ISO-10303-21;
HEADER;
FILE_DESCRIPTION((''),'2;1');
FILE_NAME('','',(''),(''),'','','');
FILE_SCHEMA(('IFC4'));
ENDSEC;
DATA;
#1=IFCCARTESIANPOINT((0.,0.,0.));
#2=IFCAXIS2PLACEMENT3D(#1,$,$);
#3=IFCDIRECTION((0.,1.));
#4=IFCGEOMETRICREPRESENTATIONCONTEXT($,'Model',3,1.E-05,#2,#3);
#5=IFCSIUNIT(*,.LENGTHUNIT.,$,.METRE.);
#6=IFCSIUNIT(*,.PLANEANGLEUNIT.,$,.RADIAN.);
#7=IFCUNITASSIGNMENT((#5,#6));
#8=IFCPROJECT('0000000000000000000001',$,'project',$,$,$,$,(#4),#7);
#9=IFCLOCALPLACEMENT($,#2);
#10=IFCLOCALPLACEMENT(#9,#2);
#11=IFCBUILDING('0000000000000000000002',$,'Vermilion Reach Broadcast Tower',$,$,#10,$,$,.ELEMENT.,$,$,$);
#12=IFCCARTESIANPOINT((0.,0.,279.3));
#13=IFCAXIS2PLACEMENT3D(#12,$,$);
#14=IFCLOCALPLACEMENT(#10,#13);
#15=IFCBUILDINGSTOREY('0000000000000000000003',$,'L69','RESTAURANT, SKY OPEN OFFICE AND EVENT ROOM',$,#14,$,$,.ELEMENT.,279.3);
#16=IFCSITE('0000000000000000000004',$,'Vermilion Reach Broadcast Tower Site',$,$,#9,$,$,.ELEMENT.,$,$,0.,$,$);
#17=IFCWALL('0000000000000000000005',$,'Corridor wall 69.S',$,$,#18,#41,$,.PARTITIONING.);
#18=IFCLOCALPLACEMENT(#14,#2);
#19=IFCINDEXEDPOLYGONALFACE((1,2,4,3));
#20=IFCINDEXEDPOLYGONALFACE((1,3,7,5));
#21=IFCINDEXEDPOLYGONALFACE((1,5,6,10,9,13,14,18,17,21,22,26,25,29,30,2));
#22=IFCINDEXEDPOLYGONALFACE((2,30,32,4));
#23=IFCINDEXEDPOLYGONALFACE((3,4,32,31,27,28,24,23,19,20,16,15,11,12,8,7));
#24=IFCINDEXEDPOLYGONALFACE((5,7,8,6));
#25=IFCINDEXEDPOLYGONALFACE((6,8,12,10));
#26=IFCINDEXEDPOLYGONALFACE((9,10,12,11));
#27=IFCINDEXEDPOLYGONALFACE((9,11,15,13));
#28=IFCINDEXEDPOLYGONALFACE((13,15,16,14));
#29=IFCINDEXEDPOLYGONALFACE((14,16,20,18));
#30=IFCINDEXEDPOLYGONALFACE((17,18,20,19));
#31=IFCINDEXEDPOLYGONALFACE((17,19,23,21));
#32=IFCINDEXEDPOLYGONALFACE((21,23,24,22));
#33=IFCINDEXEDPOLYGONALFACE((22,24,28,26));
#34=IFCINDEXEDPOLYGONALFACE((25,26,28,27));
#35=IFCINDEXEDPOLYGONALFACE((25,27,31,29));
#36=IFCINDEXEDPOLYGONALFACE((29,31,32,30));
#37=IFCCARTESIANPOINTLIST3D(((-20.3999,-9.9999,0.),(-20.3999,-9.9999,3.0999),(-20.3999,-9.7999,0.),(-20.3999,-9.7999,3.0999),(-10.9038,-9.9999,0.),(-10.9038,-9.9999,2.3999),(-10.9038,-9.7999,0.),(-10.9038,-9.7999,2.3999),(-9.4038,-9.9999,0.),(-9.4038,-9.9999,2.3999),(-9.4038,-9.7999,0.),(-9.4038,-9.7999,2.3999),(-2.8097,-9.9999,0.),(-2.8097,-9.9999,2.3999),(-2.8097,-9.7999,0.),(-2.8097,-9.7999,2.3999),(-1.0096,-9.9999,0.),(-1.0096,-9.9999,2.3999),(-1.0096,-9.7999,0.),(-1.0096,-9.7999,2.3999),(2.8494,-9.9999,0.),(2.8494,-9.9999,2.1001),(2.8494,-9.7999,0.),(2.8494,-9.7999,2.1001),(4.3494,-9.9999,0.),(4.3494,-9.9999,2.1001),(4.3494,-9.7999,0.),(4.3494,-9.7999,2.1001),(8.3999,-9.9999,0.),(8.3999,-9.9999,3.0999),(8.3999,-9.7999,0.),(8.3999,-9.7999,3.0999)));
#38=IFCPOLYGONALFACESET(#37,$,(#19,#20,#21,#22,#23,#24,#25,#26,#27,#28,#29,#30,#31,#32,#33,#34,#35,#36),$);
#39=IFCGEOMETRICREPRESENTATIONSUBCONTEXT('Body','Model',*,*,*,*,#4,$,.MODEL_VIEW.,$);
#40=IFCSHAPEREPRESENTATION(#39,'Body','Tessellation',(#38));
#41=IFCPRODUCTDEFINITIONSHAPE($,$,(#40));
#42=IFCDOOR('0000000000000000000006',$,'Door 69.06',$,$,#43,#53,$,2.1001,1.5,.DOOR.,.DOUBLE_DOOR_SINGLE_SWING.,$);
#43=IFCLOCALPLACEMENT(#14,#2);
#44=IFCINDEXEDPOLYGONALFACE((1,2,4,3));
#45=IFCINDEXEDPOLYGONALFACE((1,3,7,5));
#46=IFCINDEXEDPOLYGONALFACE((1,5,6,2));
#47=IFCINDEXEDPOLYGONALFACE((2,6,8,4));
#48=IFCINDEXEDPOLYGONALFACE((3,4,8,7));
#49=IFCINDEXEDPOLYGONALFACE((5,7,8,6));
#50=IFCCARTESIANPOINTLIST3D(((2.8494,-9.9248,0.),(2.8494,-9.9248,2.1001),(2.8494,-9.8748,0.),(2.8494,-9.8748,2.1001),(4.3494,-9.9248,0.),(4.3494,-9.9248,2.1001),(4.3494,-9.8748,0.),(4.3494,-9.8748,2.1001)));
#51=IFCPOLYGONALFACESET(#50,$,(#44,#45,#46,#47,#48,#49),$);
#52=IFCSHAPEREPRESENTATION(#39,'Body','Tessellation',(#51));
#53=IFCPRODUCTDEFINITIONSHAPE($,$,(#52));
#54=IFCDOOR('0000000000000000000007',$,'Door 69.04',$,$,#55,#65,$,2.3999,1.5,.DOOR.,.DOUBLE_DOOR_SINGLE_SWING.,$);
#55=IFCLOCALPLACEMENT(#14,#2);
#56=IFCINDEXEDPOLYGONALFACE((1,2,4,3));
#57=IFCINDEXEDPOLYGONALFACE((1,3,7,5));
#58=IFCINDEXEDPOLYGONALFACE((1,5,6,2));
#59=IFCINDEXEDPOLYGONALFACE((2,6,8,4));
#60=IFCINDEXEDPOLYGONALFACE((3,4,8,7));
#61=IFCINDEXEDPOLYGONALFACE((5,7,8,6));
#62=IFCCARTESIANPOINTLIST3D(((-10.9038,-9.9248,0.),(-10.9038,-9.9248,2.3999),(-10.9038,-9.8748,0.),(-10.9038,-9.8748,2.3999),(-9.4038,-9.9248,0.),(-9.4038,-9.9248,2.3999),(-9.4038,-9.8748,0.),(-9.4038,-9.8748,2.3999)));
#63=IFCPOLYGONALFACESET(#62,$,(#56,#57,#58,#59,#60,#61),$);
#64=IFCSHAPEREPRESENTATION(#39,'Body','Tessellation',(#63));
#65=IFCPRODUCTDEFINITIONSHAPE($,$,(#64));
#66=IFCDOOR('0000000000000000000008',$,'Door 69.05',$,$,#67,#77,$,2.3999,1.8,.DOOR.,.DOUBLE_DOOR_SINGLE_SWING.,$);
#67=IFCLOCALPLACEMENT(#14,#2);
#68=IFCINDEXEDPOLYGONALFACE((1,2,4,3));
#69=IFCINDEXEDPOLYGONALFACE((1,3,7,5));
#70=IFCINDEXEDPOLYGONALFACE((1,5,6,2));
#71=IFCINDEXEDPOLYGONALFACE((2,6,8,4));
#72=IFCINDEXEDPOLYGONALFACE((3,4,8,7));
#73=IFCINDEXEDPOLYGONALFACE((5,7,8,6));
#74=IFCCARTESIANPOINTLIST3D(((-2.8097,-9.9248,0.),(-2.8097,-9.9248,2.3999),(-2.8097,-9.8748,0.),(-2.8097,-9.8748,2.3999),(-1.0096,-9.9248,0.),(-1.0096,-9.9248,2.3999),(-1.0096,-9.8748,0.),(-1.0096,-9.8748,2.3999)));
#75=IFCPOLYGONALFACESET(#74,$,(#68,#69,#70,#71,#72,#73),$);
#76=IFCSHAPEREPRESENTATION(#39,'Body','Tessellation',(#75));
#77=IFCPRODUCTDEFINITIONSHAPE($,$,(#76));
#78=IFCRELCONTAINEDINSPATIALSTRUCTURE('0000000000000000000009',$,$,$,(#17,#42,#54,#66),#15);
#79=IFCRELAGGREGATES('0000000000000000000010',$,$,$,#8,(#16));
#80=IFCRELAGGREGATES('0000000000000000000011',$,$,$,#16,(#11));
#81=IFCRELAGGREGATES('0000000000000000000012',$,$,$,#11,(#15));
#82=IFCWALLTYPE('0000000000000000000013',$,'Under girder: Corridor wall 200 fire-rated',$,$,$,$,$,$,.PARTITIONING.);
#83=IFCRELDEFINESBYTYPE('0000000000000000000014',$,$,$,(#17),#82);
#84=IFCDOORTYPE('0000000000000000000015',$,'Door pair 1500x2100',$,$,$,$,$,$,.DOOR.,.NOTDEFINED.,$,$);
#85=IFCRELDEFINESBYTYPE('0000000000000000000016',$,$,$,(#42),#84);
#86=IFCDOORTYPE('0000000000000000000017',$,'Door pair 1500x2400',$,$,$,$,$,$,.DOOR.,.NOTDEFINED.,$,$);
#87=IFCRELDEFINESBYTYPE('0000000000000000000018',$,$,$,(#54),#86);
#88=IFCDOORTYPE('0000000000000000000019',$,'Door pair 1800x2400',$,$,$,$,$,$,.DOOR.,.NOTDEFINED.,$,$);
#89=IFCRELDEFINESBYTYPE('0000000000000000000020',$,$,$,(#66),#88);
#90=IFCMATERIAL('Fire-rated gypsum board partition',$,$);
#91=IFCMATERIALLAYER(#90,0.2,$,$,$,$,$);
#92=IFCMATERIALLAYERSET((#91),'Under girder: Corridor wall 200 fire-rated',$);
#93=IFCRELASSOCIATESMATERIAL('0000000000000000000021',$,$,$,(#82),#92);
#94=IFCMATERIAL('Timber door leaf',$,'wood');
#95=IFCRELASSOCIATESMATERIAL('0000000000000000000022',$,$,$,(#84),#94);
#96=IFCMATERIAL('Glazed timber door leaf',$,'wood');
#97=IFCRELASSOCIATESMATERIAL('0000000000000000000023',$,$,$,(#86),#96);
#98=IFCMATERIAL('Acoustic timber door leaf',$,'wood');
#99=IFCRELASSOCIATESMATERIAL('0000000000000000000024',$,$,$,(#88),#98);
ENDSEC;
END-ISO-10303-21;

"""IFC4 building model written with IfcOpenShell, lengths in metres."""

from ifc_helpers import new_model, si_unit, direction, frame, frame_2d, origin, place, context, subcontext, project, spatial, rectangle, extrude, material, layer, layer_set, type_object, element, fill, save


model = new_model("IFC4")

# Units and contexts
model_context = context("Model", 3, precision=1e-05, world=origin(), true_north=direction((0.0, 1.0)))
body_context = subcontext(model_context, "Body", "Model", "MODEL_VIEW")
ifc_project = project(units=[si_unit("LENGTHUNIT", "METRE"), si_unit("PLANEANGLEUNIT", "RADIAN")], contexts=[model_context])

# Site, building, storey
site_placement = place(None, origin())
site = spatial("IfcSite", under=ifc_project, at=site_placement, Name="Vermilion Reach Broadcast Tower Site", CompositionType="ELEMENT", RefElevation=0.0)
building_placement = place(site_placement, origin())
building = spatial("IfcBuilding", under=site, at=building_placement, Name="Vermilion Reach Broadcast Tower", CompositionType="ELEMENT")
storey_placement = place(building_placement, frame((0.0, 0.0, 279.3)))
storey = spatial("IfcBuildingStorey", under=building, at=storey_placement, Name="L69", Description="RESTAURANT, SKY OPEN OFFICE AND EVENT ROOM", CompositionType="ELEMENT", Elevation=279.3)

# Wall, openings, doors
ifc_material_1 = material(Name="Fire-rated gypsum board partition")
ifc_layer_1 = layer(ifc_material_1, 0.2)
ifc_layer_set_1 = layer_set([ifc_layer_1], Name="Under girder: Corridor wall 200 fire-rated")
wall_type_1 = type_object("IfcWallType", Name="Under girder: Corridor wall 200 fire-rated", PredefinedType="PARTITIONING", material=ifc_layer_set_1)
wall_1_placement = place(storey_placement, frame((8.3999, -9.8999, 0.0), z_axis=(0.0, 0.0, 1.0), x_axis=(-1.0, 0.0, 0.0)))
wall_1 = element("IfcWall", 1, at=wall_1_placement, inside=storey, type_object=wall_type_1, Name="Corridor wall 69.S", PredefinedType="PARTITIONING", context=body_context, shape_type="SweptSolid", body=[
    extrude(rectangle(XDim=28.7998, YDim=0.2, at=frame_2d((14.3999, 0.0))), origin(), (0.0, 0.0, 1.0), 3.0999),
])
opening_1_placement = place(wall_1_placement, frame((17.8037, 0.0, 0.0)))
opening_1 = element("IfcOpeningElement", 2, at=opening_1_placement, cuts=wall_1, PredefinedType="OPENING", context=body_context, shape_type="SweptSolid", body=[
    extrude(rectangle(XDim=1.5, YDim=2.3999, at=frame_2d((0.75, 1.2))), frame((0.0, 0.1099, 0.0), z_axis=(0.0, -1.0, 0.0), x_axis=(1.0, 0.0, 0.0)), (0.0, 0.0, 1.0), 0.22),
])
opening_2_placement = place(wall_1_placement, frame((9.4097, 0.0, 0.0)))
opening_2 = element("IfcOpeningElement", 3, at=opening_2_placement, cuts=wall_1, PredefinedType="OPENING", context=body_context, shape_type="SweptSolid", body=[
    extrude(rectangle(XDim=1.8, YDim=2.3999, at=frame_2d((0.8999, 1.2))), frame((0.0, 0.1099, 0.0), z_axis=(0.0, -1.0, 0.0), x_axis=(1.0, 0.0, 0.0)), (0.0, 0.0, 1.0), 0.22),
])
opening_3_placement = place(wall_1_placement, frame((4.0505, 0.0, 0.0)))
opening_3 = element("IfcOpeningElement", 4, at=opening_3_placement, cuts=wall_1, PredefinedType="OPENING", context=body_context, shape_type="SweptSolid", body=[
    extrude(rectangle(XDim=1.5, YDim=2.1001, at=frame_2d((0.75, 1.05))), frame((0.0, 0.1099, 0.0), z_axis=(0.0, -1.0, 0.0), x_axis=(1.0, 0.0, 0.0)), (0.0, 0.0, 1.0), 0.22),
])
ifc_material_2 = material(Name="Timber door leaf", Category="wood")
door_type_1 = type_object("IfcDoorType", Name="Door pair 1500x2100", OperationType="NOTDEFINED", PredefinedType="DOOR", material=ifc_material_2)
door_1_placement = place(opening_3_placement, origin())
door_1 = element("IfcDoor", 5, at=door_1_placement, inside=storey, type_object=door_type_1, Name="Door 69.06", OperationType="DOUBLE_DOOR_SINGLE_SWING", OverallHeight=2.1001, OverallWidth=1.5, PredefinedType="DOOR", context=body_context, shape_type="SweptSolid", body=[
    extrude(rectangle(XDim=1.5, YDim=2.1001, at=frame_2d((0.75, 1.05))), frame((0.0, 0.0249, 0.0), z_axis=(0.0, -1.0, 0.0), x_axis=(1.0, 0.0, 0.0)), (0.0, 0.0, 1.0), 0.05),
])
fill(opening_3, door_1)
ifc_material_3 = material(Name="Glazed timber door leaf", Category="wood")
door_type_2 = type_object("IfcDoorType", Name="Door pair 1500x2400", OperationType="NOTDEFINED", PredefinedType="DOOR", material=ifc_material_3)
door_2_placement = place(opening_1_placement, origin())
door_2 = element("IfcDoor", 6, at=door_2_placement, inside=storey, type_object=door_type_2, Name="Door 69.04", OperationType="DOUBLE_DOOR_SINGLE_SWING", OverallHeight=2.3999, OverallWidth=1.5, PredefinedType="DOOR", context=body_context, shape_type="SweptSolid", body=[
    extrude(rectangle(XDim=1.5, YDim=2.3999, at=frame_2d((0.75, 1.2))), frame((0.0, 0.0249, 0.0), z_axis=(0.0, -1.0, 0.0), x_axis=(1.0, 0.0, 0.0)), (0.0, 0.0, 1.0), 0.05),
])
fill(opening_1, door_2)
ifc_material_4 = material(Name="Acoustic timber door leaf", Category="wood")
door_type_3 = type_object("IfcDoorType", Name="Door pair 1800x2400", OperationType="NOTDEFINED", PredefinedType="DOOR", material=ifc_material_4)
door_3_placement = place(opening_2_placement, origin())
door_3 = element("IfcDoor", 7, at=door_3_placement, inside=storey, type_object=door_type_3, Name="Door 69.05", OperationType="DOUBLE_DOOR_SINGLE_SWING", OverallHeight=2.3999, OverallWidth=1.8, PredefinedType="DOOR", context=body_context, shape_type="SweptSolid", body=[
    extrude(rectangle(XDim=1.8, YDim=2.3999, at=frame_2d((0.8999, 1.2))), frame((0.0, 0.0249, 0.0), z_axis=(0.0, -1.0, 0.0), x_axis=(1.0, 0.0, 0.0)), (0.0, 0.0, 1.0), 0.05),
])
fill(opening_2, door_3)

save(model, "model.ifc")
